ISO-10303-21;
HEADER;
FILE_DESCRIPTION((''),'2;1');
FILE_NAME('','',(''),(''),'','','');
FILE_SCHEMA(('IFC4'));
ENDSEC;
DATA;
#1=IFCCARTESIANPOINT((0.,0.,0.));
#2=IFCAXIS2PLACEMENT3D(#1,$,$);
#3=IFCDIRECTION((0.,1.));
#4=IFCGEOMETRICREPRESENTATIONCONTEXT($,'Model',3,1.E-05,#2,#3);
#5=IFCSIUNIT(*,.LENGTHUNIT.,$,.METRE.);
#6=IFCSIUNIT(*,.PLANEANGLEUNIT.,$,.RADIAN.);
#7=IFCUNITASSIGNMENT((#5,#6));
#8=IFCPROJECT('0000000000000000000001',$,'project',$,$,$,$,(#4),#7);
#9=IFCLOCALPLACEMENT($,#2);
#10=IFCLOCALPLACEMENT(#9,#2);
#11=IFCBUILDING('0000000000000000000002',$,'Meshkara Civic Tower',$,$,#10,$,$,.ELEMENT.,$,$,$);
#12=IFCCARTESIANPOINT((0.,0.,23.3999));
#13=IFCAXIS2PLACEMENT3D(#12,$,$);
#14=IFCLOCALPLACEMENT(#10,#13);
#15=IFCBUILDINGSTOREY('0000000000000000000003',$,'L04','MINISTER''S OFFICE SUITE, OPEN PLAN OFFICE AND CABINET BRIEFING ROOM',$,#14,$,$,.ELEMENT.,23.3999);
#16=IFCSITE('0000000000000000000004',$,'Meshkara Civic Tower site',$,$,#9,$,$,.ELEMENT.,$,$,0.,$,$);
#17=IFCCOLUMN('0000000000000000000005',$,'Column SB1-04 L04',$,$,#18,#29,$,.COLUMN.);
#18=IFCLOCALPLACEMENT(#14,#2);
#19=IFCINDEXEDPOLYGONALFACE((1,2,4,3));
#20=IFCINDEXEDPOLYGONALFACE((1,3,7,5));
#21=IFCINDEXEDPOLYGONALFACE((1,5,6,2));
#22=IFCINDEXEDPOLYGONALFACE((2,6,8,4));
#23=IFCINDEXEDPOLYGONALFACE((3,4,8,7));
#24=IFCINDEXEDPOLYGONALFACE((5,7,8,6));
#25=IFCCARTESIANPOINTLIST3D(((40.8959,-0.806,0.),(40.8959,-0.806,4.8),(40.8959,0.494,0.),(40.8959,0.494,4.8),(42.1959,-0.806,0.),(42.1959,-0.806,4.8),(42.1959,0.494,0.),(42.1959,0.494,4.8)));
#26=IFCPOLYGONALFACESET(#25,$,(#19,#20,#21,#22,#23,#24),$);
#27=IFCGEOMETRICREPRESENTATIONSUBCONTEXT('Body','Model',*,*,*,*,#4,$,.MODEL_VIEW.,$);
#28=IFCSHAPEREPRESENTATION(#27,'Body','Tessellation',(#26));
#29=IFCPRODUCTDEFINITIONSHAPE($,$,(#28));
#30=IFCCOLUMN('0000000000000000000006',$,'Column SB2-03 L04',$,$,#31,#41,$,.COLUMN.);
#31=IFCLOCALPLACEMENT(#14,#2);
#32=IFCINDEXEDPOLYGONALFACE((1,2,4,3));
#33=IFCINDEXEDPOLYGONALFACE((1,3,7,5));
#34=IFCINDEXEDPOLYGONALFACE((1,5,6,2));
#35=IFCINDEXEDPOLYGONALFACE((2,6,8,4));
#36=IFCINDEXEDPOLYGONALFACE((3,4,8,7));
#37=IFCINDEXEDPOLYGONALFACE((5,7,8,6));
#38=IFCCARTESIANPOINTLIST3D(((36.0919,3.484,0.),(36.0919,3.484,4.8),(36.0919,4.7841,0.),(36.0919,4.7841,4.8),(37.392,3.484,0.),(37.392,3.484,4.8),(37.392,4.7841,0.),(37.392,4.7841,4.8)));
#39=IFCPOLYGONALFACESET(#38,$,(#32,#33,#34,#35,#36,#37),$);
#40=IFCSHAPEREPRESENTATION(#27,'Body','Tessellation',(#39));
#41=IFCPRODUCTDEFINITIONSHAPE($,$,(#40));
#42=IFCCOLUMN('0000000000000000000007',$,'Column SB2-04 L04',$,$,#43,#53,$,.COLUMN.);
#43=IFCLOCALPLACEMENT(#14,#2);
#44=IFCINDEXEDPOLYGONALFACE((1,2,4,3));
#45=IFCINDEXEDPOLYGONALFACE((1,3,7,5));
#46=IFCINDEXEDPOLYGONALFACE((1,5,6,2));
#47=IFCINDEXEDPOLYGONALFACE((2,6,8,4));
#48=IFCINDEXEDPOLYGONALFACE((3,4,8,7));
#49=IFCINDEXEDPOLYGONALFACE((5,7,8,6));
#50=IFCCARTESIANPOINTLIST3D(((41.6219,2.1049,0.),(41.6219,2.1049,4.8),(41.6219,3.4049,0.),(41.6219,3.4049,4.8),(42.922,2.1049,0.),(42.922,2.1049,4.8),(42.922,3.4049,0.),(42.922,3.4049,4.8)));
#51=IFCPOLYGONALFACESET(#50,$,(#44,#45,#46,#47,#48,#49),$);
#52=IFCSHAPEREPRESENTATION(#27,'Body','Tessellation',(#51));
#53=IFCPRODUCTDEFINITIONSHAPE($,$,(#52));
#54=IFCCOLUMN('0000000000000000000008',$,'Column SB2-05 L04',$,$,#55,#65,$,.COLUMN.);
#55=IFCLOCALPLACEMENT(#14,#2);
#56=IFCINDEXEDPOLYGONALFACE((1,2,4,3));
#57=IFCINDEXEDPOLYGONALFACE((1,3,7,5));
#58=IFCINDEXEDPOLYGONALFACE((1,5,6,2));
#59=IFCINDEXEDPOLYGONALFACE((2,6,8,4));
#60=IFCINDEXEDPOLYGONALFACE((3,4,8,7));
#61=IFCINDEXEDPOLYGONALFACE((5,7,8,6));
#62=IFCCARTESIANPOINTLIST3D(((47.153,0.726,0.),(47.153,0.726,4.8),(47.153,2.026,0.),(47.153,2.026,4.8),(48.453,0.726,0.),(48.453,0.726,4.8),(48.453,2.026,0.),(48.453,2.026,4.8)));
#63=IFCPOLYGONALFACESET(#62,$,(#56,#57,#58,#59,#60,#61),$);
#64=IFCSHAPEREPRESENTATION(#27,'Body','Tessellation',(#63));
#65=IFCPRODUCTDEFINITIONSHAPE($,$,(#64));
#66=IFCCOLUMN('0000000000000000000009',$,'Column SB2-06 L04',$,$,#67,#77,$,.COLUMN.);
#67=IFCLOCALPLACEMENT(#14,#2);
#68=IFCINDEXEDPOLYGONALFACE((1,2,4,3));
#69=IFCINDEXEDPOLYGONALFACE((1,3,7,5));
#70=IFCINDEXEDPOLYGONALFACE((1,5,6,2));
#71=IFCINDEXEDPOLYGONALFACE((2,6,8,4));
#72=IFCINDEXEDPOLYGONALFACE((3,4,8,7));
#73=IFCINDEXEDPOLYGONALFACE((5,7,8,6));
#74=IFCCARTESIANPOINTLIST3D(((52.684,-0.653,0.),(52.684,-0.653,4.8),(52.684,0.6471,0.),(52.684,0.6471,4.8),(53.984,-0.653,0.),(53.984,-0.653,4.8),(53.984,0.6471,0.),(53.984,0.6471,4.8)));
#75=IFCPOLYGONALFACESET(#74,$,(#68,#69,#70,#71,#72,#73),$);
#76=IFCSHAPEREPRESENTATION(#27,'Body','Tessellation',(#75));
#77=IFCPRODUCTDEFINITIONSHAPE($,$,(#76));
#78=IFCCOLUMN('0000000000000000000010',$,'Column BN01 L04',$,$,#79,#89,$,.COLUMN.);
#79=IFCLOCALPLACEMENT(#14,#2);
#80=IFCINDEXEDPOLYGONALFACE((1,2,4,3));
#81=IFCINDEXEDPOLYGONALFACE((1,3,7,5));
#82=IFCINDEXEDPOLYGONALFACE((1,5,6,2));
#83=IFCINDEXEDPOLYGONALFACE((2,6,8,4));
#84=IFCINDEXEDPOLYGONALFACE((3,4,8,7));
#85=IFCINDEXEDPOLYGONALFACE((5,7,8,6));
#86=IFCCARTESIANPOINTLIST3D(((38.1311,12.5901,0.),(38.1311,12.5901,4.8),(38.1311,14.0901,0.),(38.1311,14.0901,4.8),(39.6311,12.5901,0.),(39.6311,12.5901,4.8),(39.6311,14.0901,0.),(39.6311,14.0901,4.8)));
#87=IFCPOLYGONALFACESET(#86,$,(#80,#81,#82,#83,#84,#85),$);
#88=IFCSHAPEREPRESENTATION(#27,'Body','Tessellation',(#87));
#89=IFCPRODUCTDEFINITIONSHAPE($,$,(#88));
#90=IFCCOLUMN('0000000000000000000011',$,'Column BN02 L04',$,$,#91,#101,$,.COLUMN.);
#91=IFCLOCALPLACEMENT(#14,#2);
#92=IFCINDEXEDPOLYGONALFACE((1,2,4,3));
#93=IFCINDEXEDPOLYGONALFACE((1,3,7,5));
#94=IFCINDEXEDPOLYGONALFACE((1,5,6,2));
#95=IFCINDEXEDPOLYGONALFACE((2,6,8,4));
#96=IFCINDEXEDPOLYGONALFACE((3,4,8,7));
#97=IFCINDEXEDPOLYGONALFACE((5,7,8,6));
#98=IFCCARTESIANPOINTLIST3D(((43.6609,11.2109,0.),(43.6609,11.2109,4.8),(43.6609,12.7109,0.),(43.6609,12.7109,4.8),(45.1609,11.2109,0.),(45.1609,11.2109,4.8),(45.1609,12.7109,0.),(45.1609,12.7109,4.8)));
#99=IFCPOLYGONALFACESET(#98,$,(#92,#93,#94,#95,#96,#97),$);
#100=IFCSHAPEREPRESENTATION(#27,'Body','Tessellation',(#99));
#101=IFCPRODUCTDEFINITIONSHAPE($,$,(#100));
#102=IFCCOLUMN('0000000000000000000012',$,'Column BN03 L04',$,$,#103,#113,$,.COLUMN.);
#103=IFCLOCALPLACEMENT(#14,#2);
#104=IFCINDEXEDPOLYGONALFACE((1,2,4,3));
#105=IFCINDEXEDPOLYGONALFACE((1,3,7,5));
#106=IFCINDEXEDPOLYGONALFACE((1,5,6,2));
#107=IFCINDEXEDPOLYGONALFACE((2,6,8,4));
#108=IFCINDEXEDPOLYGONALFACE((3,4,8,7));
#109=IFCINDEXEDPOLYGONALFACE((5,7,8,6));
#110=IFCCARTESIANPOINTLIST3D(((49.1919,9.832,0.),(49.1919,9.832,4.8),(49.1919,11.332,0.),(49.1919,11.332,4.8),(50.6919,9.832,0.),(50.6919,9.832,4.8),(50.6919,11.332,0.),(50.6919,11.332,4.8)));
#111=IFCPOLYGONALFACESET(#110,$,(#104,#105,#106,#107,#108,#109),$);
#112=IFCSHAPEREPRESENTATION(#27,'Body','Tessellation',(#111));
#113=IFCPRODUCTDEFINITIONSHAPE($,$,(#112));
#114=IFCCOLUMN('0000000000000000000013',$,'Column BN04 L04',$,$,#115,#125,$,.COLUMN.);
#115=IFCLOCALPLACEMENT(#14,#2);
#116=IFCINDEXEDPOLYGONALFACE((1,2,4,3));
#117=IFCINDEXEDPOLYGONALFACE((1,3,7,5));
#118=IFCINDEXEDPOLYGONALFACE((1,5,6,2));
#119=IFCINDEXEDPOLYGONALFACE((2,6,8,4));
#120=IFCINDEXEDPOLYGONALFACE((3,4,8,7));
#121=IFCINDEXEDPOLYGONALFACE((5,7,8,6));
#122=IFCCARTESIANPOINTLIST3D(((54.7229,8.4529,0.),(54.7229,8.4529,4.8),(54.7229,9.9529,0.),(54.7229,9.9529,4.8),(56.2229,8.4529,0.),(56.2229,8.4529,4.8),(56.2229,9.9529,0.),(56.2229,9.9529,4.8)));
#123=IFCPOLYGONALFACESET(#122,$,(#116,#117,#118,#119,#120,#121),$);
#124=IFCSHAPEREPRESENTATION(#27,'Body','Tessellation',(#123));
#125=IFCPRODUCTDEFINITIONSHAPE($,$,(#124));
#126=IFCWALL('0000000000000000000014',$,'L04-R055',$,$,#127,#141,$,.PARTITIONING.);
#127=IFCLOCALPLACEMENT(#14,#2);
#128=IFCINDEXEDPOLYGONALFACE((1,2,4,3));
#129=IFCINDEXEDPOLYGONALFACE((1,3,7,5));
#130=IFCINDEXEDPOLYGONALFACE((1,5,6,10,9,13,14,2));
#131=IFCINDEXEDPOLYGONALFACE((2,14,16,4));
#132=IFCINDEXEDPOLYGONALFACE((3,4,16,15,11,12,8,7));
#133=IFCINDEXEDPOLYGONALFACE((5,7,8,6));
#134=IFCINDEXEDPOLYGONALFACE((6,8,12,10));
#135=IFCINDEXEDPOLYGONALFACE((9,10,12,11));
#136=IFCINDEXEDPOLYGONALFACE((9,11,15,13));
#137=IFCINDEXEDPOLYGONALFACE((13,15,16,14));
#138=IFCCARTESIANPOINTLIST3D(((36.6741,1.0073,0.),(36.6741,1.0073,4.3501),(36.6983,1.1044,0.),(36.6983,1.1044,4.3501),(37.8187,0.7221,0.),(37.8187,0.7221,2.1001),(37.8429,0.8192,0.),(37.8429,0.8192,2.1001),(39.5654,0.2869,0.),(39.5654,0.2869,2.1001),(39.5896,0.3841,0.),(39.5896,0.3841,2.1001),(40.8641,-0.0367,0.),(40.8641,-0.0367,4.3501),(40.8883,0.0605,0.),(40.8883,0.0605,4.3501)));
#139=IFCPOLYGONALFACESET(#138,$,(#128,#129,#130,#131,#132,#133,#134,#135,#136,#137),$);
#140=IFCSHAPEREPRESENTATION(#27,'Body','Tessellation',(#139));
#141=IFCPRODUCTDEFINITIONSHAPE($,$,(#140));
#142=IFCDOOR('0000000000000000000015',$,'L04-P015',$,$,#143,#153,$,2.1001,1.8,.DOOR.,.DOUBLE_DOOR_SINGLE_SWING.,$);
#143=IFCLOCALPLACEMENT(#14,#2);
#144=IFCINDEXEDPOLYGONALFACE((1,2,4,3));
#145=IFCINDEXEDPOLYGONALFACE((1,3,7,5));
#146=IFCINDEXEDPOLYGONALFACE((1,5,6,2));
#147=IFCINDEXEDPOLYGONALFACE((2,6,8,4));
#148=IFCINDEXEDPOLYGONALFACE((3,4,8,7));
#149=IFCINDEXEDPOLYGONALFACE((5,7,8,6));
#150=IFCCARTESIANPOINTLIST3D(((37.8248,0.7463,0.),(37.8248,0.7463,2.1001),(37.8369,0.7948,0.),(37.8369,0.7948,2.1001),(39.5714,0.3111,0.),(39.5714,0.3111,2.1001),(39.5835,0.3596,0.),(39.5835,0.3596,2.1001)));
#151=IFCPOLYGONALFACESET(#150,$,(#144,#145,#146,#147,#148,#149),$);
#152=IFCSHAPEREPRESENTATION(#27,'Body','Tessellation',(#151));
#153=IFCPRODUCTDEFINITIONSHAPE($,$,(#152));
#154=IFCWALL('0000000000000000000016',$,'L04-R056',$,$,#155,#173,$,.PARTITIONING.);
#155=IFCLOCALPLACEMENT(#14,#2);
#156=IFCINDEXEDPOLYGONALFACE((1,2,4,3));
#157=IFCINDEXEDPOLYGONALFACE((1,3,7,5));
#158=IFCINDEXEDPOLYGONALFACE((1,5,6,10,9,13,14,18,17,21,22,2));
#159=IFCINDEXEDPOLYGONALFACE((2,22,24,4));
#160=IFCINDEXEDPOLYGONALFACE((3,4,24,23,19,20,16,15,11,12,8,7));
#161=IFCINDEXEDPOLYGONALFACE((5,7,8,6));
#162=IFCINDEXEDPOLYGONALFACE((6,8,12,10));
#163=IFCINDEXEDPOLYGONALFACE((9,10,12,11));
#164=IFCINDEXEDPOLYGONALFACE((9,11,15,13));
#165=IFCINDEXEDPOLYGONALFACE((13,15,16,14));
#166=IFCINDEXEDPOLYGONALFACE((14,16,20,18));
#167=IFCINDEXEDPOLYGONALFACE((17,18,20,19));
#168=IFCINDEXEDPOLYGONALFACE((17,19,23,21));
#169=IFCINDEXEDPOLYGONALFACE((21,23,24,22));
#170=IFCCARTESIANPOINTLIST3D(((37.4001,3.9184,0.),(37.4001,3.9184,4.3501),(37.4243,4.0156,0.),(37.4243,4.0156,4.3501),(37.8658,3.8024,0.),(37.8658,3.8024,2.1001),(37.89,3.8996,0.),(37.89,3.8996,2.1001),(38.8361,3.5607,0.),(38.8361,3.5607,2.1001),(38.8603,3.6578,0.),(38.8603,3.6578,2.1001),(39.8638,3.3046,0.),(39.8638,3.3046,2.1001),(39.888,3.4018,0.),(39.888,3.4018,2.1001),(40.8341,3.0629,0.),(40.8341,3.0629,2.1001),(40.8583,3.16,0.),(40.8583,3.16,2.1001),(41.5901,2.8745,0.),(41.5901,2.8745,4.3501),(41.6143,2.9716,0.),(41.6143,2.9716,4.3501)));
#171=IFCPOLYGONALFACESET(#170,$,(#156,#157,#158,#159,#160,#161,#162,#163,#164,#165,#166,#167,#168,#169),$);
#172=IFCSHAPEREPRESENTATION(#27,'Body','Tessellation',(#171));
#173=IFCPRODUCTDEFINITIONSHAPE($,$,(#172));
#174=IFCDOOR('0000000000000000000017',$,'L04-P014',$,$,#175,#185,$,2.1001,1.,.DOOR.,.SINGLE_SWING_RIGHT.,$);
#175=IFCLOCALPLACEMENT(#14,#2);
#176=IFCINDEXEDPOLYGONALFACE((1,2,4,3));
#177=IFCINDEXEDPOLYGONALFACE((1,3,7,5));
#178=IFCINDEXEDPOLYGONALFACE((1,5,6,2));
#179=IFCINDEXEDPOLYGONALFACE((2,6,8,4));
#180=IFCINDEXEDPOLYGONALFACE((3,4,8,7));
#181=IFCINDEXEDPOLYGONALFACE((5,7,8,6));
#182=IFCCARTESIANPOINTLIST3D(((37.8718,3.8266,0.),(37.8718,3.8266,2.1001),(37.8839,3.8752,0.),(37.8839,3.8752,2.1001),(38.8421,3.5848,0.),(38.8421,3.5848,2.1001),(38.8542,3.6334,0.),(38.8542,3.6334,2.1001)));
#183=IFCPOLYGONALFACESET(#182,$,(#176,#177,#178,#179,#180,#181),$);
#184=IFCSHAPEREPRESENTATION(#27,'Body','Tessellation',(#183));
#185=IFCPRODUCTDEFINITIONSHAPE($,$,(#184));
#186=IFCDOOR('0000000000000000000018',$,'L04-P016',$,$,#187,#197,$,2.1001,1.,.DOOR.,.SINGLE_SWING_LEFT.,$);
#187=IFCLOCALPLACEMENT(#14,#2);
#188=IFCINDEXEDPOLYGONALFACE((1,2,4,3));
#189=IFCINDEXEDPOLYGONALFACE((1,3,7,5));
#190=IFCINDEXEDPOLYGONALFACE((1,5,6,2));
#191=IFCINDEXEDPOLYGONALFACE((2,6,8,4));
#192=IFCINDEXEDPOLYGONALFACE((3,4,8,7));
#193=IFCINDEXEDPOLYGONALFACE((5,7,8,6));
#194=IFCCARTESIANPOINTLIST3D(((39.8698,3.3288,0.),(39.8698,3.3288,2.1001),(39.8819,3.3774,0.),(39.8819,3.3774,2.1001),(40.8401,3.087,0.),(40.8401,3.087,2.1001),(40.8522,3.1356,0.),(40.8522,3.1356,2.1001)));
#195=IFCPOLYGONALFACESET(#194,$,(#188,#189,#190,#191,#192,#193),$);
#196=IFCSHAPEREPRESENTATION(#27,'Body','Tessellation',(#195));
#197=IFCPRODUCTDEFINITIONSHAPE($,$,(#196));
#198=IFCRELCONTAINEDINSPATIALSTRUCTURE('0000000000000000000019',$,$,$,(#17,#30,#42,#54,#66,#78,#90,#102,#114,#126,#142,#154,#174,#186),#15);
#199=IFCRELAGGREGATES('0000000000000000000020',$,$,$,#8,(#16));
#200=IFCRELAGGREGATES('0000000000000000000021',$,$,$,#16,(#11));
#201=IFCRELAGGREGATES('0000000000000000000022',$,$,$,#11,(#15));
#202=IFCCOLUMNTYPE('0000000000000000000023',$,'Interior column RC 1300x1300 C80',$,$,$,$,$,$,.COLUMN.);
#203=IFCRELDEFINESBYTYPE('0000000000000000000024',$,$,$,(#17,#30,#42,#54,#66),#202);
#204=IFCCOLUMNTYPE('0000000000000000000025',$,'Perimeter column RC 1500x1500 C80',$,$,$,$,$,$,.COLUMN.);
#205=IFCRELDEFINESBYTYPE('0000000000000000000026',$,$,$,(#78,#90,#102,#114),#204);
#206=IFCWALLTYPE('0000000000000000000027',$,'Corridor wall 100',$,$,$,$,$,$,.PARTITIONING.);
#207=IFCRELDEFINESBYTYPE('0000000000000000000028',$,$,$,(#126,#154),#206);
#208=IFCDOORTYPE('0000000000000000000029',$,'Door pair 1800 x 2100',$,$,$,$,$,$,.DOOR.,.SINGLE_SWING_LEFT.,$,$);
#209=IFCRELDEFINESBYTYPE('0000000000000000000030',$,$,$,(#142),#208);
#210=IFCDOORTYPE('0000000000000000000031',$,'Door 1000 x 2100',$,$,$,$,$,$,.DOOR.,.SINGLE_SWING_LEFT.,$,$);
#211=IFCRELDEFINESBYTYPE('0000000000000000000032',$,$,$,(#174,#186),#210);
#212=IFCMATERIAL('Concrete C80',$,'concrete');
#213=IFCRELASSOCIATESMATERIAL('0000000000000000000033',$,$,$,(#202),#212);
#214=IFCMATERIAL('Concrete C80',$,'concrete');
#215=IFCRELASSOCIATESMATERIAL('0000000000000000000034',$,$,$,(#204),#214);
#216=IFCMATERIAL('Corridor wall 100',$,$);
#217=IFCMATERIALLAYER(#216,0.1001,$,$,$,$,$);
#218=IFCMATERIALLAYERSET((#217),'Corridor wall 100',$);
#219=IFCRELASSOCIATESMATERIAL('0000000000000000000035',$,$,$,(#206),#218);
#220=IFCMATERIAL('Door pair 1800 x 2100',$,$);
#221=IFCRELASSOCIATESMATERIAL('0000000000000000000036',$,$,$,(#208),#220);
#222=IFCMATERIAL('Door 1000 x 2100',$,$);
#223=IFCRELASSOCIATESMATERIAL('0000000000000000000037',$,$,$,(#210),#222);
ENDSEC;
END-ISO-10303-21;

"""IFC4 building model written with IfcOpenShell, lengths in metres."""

from ifc_helpers import new_model, si_unit, direction, frame, frame_2d, origin, origin_2d, place, context, subcontext, project, spatial, rectangle, extrude, material, layer, layer_set, material_profile, profile_set, type_object, element, fill, save


model = new_model("IFC4")

# Units and contexts
model_context = context("Model", 3, precision=1e-05, world=origin(), true_north=direction((0.0, 1.0)))
body_context = subcontext(model_context, "Body", "Model", "MODEL_VIEW")
ifc_project = project(units=[si_unit("LENGTHUNIT", "METRE"), si_unit("PLANEANGLEUNIT", "RADIAN")], contexts=[model_context])

# Site, building, storey
site_placement = place(None, origin())
site = spatial("IfcSite", under=ifc_project, at=site_placement, Name="Meshkara Civic Tower site", CompositionType="ELEMENT", RefElevation=0.0)
building_placement = place(site_placement, origin())
building = spatial("IfcBuilding", under=site, at=building_placement, Name="Meshkara Civic Tower", CompositionType="ELEMENT")
storey_placement = place(building_placement, frame((0.0, 0.0, 23.3999)))
storey = spatial("IfcBuildingStorey", under=building, at=storey_placement, Name="L04", Description="MINISTER'S OFFICE SUITE, OPEN PLAN OFFICE AND CABINET BRIEFING ROOM", CompositionType="ELEMENT", Elevation=23.3999)

# Columns
ifc_material_1 = material(Name="Concrete C80", Category="concrete")
ifc_material_profile_1 = material_profile(ifc_material_1, rectangle(XDim=1.3, YDim=1.3, at=origin_2d()))
ifc_profile_set_1 = profile_set([ifc_material_profile_1], Name="Concrete C80")
column_type_1 = type_object("IfcColumnType", Name="Interior column RC 1300x1300 C80", PredefinedType="COLUMN", material=ifc_profile_set_1)
for number, where, z_axis, x_axis, name in (
    (1, (41.5459, -0.156, 0.0), (0.0, 0.0, 1.0), (1.0, 0.0, 0.0), "Column SB1-04 L04"),
    (2, (36.7419, 4.134, 0.0), (0.0, 0.0, 1.0), (1.0, 0.0, 0.0), "Column SB2-03 L04"),
    (3, (42.272, 2.7549, 0.0), (0.0, 0.0, 1.0), (1.0, 0.0, 0.0), "Column SB2-04 L04"),
    (4, (47.803, 1.376, 0.0), (0.0, 0.0, 1.0), (1.0, 0.0, 0.0), "Column SB2-05 L04"),
    (5, (53.334, -0.0029, 0.0), (0.0, 0.0, 1.0), (1.0, 0.0, 0.0), "Column SB2-06 L04"),
):
    element("IfcColumn", number, at=place(storey_placement, frame(where, z_axis=z_axis, x_axis=x_axis)), inside=storey, type_object=column_type_1, Name=name, PredefinedType="COLUMN", context=body_context, shape_type="SweptSolid", body=[
        extrude(rectangle(XDim=1.3, YDim=1.3, at=origin_2d()), origin(), (0.0, 0.0, 1.0), 4.8),
    ])
ifc_material_2 = material(Name="Concrete C80", Category="concrete")
ifc_material_profile_2 = material_profile(ifc_material_2, rectangle(XDim=1.5, YDim=1.5, at=origin_2d()))
ifc_profile_set_2 = profile_set([ifc_material_profile_2], Name="Concrete C80")
column_type_2 = type_object("IfcColumnType", Name="Perimeter column RC 1500x1500 C80", PredefinedType="COLUMN", material=ifc_profile_set_2)
for number, where, z_axis, x_axis, name in (
    (6, (38.8811, 13.3401, 0.0), (0.0, 0.0, 1.0), (1.0, 0.0, 0.0), "Column BN01 L04"),
    (7, (44.4109, 11.9609, 0.0), (0.0, 0.0, 1.0), (1.0, 0.0, 0.0), "Column BN02 L04"),
    (8, (49.9419, 10.582, 0.0), (0.0, 0.0, 1.0), (1.0, 0.0, 0.0), "Column BN03 L04"),
    (9, (55.4729, 9.2029, 0.0), (0.0, 0.0, 1.0), (1.0, 0.0, 0.0), "Column BN04 L04"),
):
    element("IfcColumn", number, at=place(storey_placement, frame(where, z_axis=z_axis, x_axis=x_axis)), inside=storey, type_object=column_type_2, Name=name, PredefinedType="COLUMN", context=body_context, shape_type="SweptSolid", body=[
        extrude(rectangle(XDim=1.5, YDim=1.5, at=origin_2d()), origin(), (0.0, 0.0, 1.0), 4.8),
    ])

# Wall, opening, door
ifc_material_3 = material(Name="Corridor wall 100")
ifc_layer_1 = layer(ifc_material_3, 0.1001)
ifc_layer_set_1 = layer_set([ifc_layer_1], Name="Corridor wall 100")
wall_type_1 = type_object("IfcWallType", Name="Corridor wall 100", PredefinedType="PARTITIONING", material=ifc_layer_set_1)
wall_1_placement = place(storey_placement, frame((36.686, 1.0559, 0.0), z_axis=(0.0, 0.0, 1.0), x_axis=(0.970335, -0.241764, 0.0)))
wall_1 = element("IfcWall", 10, at=wall_1_placement, inside=storey, type_object=wall_type_1, Name="L04-R055", PredefinedType="PARTITIONING", context=body_context, shape_type="SweptSolid", body=[
    extrude(rectangle(XDim=4.3181, YDim=0.1001, at=frame_2d((2.1592, 0.0))), origin(), (0.0, 0.0, 1.0), 4.3501),
])
opening_1_placement = place(wall_1_placement, frame((1.1799, 0.0, 0.0)))
opening_1 = element("IfcOpeningElement", 11, at=opening_1_placement, cuts=wall_1, PredefinedType="OPENING", context=body_context, shape_type="SweptSolid", body=[
    extrude(rectangle(XDim=1.8, YDim=2.1001, at=frame_2d((0.8999, 1.05))), frame((0.0, 0.0601, 0.0), z_axis=(0.0, -1.0, 0.0), x_axis=(1.0, 0.0, 0.0)), (0.0, 0.0, 1.0), 0.1201),
])
ifc_material_4 = material(Name="Door pair 1800 x 2100")
door_type_1 = type_object("IfcDoorType", Name="Door pair 1800 x 2100", OperationType="SINGLE_SWING_LEFT", PredefinedType="DOOR", material=ifc_material_4)
door_1_placement = place(opening_1_placement, origin())
door_1 = element("IfcDoor", 12, at=door_1_placement, inside=storey, type_object=door_type_1, Name="L04-P015", OperationType="DOUBLE_DOOR_SINGLE_SWING", OverallHeight=2.1001, OverallWidth=1.8, PredefinedType="DOOR", context=body_context, shape_type="SweptSolid", body=[
    extrude(rectangle(XDim=1.8, YDim=2.1001, at=frame_2d((0.8999, 1.05))), frame((0.0, 0.0249, 0.0), z_axis=(0.0, -1.0, 0.0), x_axis=(1.0, 0.0, 0.0)), (0.0, 0.0, 1.0), 0.05),
])
fill(opening_1, door_1)

# Wall, openings, doors
wall_2_placement = place(storey_placement, frame((37.4121, 3.967, 0.0), z_axis=(0.0, 0.0, 1.0), x_axis=(0.970335, -0.241764, 0.0)))
wall_2 = element("IfcWall", 13, at=wall_2_placement, inside=storey, type_object=wall_type_1, Name="L04-R056", PredefinedType="PARTITIONING", context=body_context, shape_type="SweptSolid", body=[
    extrude(rectangle(XDim=4.3181, YDim=0.1001, at=frame_2d((2.1592, 0.0))), origin(), (0.0, 0.0, 1.0), 4.3501),
])
opening_2_placement = place(wall_2_placement, frame((0.48, 0.0, 0.0)))
opening_2 = element("IfcOpeningElement", 14, at=opening_2_placement, cuts=wall_2, PredefinedType="OPENING", context=body_context, shape_type="SweptSolid", body=[
    extrude(rectangle(XDim=1.0, YDim=2.1001, at=frame_2d((0.5, 1.05))), frame((0.0, 0.0601, 0.0), z_axis=(0.0, -1.0, 0.0), x_axis=(1.0, 0.0, 0.0)), (0.0, 0.0, 1.0), 0.1201),
])
opening_3_placement = place(wall_2_placement, frame((2.5391, 0.0, 0.0)))
opening_3 = element("IfcOpeningElement", 15, at=opening_3_placement, cuts=wall_2, PredefinedType="OPENING", context=body_context, shape_type="SweptSolid", body=[
    extrude(rectangle(XDim=1.0, YDim=2.1001, at=frame_2d((0.5, 1.05))), frame((0.0, 0.0601, 0.0), z_axis=(0.0, -1.0, 0.0), x_axis=(1.0, 0.0, 0.0)), (0.0, 0.0, 1.0), 0.1201),
])
ifc_material_5 = material(Name="Door 1000 x 2100")
door_type_2 = type_object("IfcDoorType", Name="Door 1000 x 2100", OperationType="SINGLE_SWING_LEFT", PredefinedType="DOOR", material=ifc_material_5)
door_2_placement = place(opening_2_placement, origin())
door_2 = element("IfcDoor", 16, at=door_2_placement, inside=storey, type_object=door_type_2, Name="L04-P014", OperationType="SINGLE_SWING_RIGHT", OverallHeight=2.1001, OverallWidth=1.0, PredefinedType="DOOR", context=body_context, shape_type="SweptSolid", body=[
    extrude(rectangle(XDim=1.0, YDim=2.1001, at=frame_2d((0.5, 1.05))), frame((0.0, 0.0249, 0.0), z_axis=(0.0, -1.0, 0.0), x_axis=(1.0, 0.0, 0.0)), (0.0, 0.0, 1.0), 0.05),
])
fill(opening_2, door_2)
door_3_placement = place(opening_3_placement, origin())
door_3 = element("IfcDoor", 17, at=door_3_placement, inside=storey, type_object=door_type_2, Name="L04-P016", OperationType="SINGLE_SWING_LEFT", OverallHeight=2.1001, OverallWidth=1.0, PredefinedType="DOOR", context=body_context, shape_type="SweptSolid", body=[
    extrude(rectangle(XDim=1.0, YDim=2.1001, at=frame_2d((0.5, 1.05))), frame((0.0, 0.0249, 0.0), z_axis=(0.0, -1.0, 0.0), x_axis=(1.0, 0.0, 0.0)), (0.0, 0.0, 1.0), 0.05),
])
fill(opening_3, door_3)

save(model, "model.ifc")
